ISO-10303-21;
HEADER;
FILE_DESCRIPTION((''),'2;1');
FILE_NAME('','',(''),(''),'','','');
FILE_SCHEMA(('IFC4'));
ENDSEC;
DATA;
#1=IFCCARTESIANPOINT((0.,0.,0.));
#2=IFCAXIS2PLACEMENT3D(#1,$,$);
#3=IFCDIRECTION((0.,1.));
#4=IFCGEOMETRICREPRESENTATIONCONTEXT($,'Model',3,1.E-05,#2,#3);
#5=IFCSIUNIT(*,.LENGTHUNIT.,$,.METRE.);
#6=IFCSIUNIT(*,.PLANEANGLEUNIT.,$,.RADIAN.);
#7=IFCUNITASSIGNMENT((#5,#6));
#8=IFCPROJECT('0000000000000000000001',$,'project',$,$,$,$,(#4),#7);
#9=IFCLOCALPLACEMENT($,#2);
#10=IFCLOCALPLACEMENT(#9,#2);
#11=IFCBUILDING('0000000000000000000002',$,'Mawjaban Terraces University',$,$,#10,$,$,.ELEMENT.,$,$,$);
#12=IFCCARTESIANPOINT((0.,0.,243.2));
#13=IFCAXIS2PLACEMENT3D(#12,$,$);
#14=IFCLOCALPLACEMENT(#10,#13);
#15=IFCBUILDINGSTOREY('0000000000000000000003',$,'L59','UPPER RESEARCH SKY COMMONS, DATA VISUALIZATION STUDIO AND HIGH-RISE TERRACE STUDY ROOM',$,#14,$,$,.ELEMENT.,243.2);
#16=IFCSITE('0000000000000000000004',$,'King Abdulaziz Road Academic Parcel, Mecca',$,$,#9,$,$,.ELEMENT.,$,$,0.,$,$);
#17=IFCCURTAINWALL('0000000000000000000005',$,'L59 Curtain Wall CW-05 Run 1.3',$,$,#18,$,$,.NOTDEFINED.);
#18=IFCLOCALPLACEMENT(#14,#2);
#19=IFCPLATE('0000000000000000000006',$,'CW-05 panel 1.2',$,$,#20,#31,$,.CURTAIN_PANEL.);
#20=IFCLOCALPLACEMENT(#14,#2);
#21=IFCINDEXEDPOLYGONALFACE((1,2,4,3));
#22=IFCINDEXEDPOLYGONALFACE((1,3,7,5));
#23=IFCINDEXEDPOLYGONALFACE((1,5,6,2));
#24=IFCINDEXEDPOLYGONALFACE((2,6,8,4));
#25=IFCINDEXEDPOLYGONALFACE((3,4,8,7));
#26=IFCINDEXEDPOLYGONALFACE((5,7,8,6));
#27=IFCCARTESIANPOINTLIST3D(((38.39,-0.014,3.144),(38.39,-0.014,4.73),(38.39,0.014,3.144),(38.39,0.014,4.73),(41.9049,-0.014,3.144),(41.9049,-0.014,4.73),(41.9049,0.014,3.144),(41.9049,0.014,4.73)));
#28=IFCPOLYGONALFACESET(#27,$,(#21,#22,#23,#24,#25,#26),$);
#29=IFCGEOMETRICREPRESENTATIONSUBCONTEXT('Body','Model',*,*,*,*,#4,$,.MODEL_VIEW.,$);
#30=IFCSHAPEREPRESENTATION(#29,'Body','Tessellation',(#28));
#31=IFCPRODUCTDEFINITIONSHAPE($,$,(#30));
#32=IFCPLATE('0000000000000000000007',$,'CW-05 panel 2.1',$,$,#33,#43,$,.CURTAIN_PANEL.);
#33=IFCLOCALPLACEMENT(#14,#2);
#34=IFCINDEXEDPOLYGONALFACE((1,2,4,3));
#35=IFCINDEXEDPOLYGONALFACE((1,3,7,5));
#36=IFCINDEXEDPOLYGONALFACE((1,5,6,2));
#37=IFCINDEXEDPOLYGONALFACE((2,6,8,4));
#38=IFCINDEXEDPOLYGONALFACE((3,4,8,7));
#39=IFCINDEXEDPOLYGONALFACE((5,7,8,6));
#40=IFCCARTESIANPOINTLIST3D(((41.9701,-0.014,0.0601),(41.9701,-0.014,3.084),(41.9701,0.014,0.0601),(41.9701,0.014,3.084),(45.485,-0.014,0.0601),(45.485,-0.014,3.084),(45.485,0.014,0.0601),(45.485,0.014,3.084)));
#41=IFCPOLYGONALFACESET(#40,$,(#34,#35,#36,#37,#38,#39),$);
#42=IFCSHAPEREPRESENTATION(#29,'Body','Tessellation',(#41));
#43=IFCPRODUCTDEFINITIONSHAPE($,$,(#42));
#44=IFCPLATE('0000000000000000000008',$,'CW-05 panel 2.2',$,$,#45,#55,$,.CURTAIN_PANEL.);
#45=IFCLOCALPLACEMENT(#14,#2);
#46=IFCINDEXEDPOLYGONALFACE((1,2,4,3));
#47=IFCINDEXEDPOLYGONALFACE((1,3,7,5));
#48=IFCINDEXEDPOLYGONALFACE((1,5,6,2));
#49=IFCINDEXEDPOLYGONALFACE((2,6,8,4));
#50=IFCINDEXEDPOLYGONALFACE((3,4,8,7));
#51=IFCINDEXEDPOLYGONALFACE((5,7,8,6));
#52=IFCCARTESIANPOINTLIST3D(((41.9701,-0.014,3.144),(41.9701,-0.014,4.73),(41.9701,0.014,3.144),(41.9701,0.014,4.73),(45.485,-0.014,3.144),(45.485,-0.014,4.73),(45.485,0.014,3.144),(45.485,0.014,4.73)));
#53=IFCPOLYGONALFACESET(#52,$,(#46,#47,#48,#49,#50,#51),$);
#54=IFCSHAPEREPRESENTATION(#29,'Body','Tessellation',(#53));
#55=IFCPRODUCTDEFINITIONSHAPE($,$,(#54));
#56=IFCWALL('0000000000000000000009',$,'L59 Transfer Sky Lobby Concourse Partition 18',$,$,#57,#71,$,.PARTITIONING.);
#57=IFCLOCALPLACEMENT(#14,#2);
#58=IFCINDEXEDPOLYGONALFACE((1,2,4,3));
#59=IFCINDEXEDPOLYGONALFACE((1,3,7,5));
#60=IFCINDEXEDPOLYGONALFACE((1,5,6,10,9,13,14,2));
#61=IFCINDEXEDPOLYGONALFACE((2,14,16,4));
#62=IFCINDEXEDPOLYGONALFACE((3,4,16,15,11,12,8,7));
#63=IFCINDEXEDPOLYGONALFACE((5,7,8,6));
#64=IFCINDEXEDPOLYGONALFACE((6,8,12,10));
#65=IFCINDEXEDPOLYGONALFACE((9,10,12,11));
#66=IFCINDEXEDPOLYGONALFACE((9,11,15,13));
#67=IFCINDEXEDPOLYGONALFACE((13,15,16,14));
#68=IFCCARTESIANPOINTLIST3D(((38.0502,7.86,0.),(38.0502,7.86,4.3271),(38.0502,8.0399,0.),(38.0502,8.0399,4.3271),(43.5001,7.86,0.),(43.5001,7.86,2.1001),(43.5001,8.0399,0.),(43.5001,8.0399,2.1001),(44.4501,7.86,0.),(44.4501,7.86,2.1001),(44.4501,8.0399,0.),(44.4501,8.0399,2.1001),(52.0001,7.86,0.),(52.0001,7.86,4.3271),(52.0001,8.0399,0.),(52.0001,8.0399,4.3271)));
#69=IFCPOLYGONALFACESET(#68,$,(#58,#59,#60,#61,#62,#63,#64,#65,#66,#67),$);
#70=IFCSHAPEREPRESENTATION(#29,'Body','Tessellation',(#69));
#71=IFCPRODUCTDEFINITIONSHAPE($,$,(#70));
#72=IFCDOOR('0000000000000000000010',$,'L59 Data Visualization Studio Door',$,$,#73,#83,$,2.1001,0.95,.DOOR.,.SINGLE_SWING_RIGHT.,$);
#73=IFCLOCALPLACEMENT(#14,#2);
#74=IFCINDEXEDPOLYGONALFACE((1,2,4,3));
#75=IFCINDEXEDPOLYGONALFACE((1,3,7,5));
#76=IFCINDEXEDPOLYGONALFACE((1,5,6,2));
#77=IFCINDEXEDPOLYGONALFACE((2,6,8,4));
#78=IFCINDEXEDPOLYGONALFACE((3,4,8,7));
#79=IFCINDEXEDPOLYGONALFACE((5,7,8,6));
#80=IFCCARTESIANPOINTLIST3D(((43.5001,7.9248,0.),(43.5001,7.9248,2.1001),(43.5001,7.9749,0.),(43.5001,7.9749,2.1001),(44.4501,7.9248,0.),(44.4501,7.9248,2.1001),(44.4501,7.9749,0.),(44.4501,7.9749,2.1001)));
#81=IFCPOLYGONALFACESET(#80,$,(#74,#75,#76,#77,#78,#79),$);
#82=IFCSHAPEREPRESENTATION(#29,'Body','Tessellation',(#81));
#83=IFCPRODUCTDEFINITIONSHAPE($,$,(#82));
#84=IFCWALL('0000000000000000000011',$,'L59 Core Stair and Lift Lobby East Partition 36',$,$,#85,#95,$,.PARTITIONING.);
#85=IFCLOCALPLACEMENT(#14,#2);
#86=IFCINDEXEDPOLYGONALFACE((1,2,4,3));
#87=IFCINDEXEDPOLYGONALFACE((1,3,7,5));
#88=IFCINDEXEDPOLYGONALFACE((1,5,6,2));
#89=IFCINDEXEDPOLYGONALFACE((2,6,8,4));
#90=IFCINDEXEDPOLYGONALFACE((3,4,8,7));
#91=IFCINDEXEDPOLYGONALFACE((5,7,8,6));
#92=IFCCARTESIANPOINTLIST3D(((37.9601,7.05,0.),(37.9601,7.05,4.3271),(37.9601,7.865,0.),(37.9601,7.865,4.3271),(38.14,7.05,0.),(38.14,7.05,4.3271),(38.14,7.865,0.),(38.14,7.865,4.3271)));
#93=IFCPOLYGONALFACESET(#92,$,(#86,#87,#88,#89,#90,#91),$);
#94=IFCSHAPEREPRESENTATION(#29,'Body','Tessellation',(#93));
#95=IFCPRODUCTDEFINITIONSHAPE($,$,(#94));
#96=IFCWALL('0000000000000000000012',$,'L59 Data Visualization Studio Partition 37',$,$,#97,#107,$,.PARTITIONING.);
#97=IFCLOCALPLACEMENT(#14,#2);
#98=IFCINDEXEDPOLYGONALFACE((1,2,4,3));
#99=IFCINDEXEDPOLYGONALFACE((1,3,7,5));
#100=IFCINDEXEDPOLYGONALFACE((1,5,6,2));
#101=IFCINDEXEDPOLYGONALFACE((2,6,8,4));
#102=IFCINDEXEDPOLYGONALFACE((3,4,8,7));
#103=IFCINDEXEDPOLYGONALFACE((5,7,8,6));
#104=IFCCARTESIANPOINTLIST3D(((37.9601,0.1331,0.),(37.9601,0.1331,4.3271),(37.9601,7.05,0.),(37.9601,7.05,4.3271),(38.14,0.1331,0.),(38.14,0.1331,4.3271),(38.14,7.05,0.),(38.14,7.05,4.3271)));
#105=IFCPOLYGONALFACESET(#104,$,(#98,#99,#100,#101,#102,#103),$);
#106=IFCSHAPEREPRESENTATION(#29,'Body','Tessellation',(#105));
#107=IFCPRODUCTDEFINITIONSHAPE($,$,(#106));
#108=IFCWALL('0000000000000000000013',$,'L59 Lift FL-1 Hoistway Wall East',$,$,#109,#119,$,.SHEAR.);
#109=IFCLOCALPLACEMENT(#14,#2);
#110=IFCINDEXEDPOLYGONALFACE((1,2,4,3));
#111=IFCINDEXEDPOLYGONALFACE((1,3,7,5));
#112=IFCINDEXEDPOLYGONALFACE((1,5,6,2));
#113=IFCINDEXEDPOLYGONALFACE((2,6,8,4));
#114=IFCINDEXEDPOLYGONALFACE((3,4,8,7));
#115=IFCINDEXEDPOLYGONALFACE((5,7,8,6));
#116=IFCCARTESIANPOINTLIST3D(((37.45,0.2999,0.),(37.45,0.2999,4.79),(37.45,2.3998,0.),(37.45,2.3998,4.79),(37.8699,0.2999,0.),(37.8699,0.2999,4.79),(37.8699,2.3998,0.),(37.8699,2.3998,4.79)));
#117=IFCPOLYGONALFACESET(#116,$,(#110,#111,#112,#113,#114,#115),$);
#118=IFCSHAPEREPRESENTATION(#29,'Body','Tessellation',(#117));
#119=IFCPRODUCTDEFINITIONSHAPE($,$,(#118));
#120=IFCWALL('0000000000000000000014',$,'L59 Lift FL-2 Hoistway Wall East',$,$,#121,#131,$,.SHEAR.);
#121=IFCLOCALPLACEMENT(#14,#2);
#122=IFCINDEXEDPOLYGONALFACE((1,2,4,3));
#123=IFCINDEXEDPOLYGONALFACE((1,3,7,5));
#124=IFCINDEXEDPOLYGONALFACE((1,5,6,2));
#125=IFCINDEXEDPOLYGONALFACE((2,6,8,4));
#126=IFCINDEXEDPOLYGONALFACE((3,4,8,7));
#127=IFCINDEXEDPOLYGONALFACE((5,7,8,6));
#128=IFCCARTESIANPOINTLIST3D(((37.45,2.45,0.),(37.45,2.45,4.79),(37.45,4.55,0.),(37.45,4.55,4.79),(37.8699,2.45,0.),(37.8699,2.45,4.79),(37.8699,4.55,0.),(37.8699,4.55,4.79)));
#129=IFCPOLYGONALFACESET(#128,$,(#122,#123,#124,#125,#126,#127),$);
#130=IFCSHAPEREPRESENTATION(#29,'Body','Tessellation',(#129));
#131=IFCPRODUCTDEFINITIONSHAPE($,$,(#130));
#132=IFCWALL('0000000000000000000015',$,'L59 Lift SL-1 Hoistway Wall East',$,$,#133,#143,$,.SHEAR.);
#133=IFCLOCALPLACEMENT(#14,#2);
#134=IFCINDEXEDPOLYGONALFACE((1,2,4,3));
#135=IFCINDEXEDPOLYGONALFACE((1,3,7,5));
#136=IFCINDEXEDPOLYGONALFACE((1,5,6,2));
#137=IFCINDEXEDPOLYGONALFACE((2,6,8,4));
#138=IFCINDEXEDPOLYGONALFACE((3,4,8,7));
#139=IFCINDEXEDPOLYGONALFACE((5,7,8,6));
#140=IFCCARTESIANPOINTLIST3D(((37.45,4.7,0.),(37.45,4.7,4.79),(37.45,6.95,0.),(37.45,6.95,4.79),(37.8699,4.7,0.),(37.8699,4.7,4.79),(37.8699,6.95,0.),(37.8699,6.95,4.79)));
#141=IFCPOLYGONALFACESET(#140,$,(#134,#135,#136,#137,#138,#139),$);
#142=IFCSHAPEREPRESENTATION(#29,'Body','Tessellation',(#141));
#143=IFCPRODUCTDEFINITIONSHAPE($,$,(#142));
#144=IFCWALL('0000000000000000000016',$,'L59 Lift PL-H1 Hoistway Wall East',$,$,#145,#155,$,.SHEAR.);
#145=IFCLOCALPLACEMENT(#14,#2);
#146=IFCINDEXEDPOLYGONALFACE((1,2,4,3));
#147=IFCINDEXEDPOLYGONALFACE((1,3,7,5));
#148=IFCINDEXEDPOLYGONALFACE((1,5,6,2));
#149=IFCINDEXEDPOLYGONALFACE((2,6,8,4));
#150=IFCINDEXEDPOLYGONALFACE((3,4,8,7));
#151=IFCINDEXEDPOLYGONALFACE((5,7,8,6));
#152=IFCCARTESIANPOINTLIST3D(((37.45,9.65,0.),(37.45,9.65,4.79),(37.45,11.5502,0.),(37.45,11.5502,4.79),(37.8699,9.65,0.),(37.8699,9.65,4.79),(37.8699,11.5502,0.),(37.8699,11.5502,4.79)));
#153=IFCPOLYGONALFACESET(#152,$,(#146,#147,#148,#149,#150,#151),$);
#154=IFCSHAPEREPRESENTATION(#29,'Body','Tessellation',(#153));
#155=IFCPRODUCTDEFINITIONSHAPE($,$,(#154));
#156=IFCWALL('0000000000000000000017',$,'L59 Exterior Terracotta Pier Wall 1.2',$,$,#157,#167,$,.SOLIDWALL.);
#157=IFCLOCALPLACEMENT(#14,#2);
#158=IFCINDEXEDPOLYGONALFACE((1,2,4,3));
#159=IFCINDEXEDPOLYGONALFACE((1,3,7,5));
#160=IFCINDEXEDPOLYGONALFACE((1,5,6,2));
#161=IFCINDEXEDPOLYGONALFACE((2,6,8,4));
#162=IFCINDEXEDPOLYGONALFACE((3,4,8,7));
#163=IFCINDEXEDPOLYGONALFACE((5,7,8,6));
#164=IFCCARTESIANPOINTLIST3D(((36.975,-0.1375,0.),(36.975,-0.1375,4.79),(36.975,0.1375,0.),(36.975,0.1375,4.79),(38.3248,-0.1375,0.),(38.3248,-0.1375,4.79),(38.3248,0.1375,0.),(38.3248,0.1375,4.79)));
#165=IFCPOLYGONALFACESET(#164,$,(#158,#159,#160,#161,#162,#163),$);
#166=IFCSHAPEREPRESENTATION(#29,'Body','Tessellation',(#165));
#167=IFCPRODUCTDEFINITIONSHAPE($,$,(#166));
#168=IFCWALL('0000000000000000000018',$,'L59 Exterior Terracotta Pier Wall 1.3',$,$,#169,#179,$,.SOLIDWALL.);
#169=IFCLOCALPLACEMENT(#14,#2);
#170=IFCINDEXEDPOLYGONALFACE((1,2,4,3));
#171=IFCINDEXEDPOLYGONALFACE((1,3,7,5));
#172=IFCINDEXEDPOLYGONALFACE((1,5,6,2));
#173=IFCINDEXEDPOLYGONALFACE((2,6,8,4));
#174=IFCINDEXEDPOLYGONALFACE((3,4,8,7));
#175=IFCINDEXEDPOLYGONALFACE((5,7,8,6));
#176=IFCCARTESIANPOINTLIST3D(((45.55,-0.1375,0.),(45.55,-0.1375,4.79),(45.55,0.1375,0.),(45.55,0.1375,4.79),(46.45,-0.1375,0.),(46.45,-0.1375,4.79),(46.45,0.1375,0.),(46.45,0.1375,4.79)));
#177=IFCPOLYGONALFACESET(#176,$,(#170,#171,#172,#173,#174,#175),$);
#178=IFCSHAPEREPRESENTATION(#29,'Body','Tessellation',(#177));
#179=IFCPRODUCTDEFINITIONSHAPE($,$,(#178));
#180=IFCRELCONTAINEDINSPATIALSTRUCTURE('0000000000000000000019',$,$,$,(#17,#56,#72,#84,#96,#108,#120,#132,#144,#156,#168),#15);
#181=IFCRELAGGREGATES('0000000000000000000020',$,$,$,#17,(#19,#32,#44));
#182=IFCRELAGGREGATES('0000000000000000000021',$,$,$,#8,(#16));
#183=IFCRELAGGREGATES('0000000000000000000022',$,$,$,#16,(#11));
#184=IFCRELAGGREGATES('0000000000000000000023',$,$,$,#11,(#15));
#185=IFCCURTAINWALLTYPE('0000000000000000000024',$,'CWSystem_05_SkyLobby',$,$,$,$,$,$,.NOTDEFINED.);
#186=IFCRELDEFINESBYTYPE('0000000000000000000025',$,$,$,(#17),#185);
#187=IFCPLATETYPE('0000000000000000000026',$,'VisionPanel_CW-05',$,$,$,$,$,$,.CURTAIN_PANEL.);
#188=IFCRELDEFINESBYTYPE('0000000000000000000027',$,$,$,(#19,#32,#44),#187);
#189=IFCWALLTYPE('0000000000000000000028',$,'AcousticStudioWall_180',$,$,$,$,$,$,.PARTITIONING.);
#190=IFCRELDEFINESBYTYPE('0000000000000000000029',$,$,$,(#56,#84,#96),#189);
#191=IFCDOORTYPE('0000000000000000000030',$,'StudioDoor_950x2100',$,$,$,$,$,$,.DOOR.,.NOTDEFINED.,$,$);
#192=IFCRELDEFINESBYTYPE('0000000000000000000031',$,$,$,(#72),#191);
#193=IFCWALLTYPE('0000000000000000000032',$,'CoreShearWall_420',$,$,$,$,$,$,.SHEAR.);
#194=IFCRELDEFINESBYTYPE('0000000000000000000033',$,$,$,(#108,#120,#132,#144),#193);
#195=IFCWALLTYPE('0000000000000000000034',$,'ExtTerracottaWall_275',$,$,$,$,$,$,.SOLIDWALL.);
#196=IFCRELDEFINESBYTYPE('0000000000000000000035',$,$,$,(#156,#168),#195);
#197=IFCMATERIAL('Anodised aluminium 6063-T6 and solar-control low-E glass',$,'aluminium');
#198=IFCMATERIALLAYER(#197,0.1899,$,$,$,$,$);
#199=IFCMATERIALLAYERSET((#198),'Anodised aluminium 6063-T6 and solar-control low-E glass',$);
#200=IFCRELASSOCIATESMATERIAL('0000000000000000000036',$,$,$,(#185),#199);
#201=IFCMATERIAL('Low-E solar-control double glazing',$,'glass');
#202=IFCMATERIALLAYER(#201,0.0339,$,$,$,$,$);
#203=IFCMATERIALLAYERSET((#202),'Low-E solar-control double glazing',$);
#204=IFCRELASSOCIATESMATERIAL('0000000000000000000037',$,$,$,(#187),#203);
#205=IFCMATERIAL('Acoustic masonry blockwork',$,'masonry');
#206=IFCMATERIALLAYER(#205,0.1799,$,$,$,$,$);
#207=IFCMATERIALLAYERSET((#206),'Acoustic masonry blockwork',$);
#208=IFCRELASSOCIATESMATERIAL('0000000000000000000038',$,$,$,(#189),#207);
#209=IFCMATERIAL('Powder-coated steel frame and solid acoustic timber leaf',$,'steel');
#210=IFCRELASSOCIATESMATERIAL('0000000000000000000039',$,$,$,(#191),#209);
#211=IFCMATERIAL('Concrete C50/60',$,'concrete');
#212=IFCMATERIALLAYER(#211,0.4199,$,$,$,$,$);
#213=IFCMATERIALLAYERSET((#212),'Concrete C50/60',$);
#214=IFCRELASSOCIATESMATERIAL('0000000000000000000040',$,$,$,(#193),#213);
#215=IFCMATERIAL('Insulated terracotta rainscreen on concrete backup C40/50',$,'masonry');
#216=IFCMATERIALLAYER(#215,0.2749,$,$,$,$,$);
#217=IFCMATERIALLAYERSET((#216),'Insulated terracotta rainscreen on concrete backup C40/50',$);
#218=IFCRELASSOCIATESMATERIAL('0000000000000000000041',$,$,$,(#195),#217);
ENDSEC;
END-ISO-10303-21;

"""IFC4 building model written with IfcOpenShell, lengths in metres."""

from ifc_helpers import new_model, si_unit, direction, frame, frame_2d, origin, origin_2d, place, context, subcontext, project, spatial, rectangle, extrude, material, layer, layer_set, type_object, element, fill, aggregate, save


model = new_model("IFC4")

# Units and contexts
model_context = context("Model", 3, precision=1e-05, world=origin(), true_north=direction((0.0, 1.0)))
body_context = subcontext(model_context, "Body", "Model", "MODEL_VIEW")
ifc_project = project(units=[si_unit("LENGTHUNIT", "METRE"), si_unit("PLANEANGLEUNIT", "RADIAN")], contexts=[model_context])

# Site, building, storey
site_placement = place(None, origin())
site = spatial("IfcSite", under=ifc_project, at=site_placement, Name="King Abdulaziz Road Academic Parcel, Mecca", CompositionType="ELEMENT", RefElevation=0.0)
building_placement = place(site_placement, origin())
building = spatial("IfcBuilding", under=site, at=building_placement, Name="Mawjaban Terraces University", CompositionType="ELEMENT")
storey_placement = place(building_placement, frame((0.0, 0.0, 243.2)))
storey = spatial("IfcBuildingStorey", under=building, at=storey_placement, Name="L59", Description="UPPER RESEARCH SKY COMMONS, DATA VISUALIZATION STUDIO AND HIGH-RISE TERRACE STUDY ROOM", CompositionType="ELEMENT", Elevation=243.2)

# Shared definitions
ifc_material_1 = material(Name="Concrete C50/60", Category="concrete")

# Shared definitions
ifc_material_2 = material(Name="Anodised aluminium 6063-T6 and solar-control low-E glass", Category="aluminium")
ifc_layer_1 = layer(ifc_material_2, 0.1899)
ifc_layer_set_1 = layer_set([ifc_layer_1], Name="Anodised aluminium 6063-T6 and solar-control low-E glass")
curtain_wall_type = type_object("IfcCurtainWallType", Name="CWSystem_05_SkyLobby", PredefinedType="NOTDEFINED", material=ifc_layer_set_1)

# Curtain wall, plates
curtain_wall_1_placement = place(storey_placement, origin())
curtain_wall_1 = element("IfcCurtainWall", 1, at=curtain_wall_1_placement, inside=storey, type_object=curtain_wall_type, Name="L59 Curtain Wall CW-05 Run 1.3", PredefinedType="NOTDEFINED")
ifc_material_3 = material(Name="Low-E solar-control double glazing", Category="glass")
ifc_layer_2 = layer(ifc_material_3, 0.0339)
ifc_layer_set_2 = layer_set([ifc_layer_2], Name="Low-E solar-control double glazing")
plate_type = type_object("IfcPlateType", Name="VisionPanel_CW-05", PredefinedType="CURTAIN_PANEL", material=ifc_layer_set_2)
plate_1_placement = place(storey_placement, frame((40.1475, 0.0, 3.144), z_axis=(0.0, 0.0, 1.0), x_axis=(1.0, 0.0, 0.0)))
plate_1 = element("IfcPlate", 2, at=plate_1_placement, type_object=plate_type, Name="CW-05 panel 1.2", PredefinedType="CURTAIN_PANEL", context=body_context, shape_type="SweptSolid", body=[
    extrude(rectangle(XDim=3.5149, YDim=0.0281, at=origin_2d()), origin(), (0.0, 0.0, 1.0), 1.5859),
])
plate_2_placement = place(storey_placement, frame((43.7275, 0.0, 0.0601), z_axis=(0.0, 0.0, 1.0), x_axis=(1.0, 0.0, 0.0)))
plate_2 = element("IfcPlate", 3, at=plate_2_placement, type_object=plate_type, Name="CW-05 panel 2.1", PredefinedType="CURTAIN_PANEL", context=body_context, shape_type="SweptSolid", body=[
    extrude(rectangle(XDim=3.5149, YDim=0.0281, at=origin_2d()), origin(), (0.0, 0.0, 1.0), 3.0239),
])
plate_3_placement = place(storey_placement, frame((43.7275, 0.0, 3.144), z_axis=(0.0, 0.0, 1.0), x_axis=(1.0, 0.0, 0.0)))
plate_3 = element("IfcPlate", 4, at=plate_3_placement, type_object=plate_type, Name="CW-05 panel 2.2", PredefinedType="CURTAIN_PANEL", context=body_context, shape_type="SweptSolid", body=[
    extrude(rectangle(XDim=3.5149, YDim=0.0281, at=origin_2d()), origin(), (0.0, 0.0, 1.0), 1.5859),
])
aggregate(curtain_wall_1, [plate_1, plate_2, plate_3])

# Wall, opening, door
ifc_material_4 = material(Name="Acoustic masonry blockwork", Category="masonry")
ifc_layer_3 = layer(ifc_material_4, 0.1799)
ifc_layer_set_3 = layer_set([ifc_layer_3], Name="Acoustic masonry blockwork")
wall_type_1 = type_object("IfcWallType", Name="AcousticStudioWall_180", PredefinedType="PARTITIONING", material=ifc_layer_set_3)
wall_1_placement = place(storey_placement, frame((38.05, 7.95, 0.0), z_axis=(0.0, 0.0, 1.0), x_axis=(1.0, 0.0, 0.0)))
wall_1 = element("IfcWall", 5, at=wall_1_placement, inside=storey, type_object=wall_type_1, Name="L59 Transfer Sky Lobby Concourse Partition 18", PredefinedType="PARTITIONING", context=body_context, shape_type="SweptSolid", body=[
    extrude(rectangle(XDim=13.95, YDim=0.1799, at=frame_2d((6.9751, 0.0))), origin(), (0.0, 0.0, 1.0), 4.3271),
])
opening_placement = place(wall_1_placement, frame((5.45, 0.0, 0.0)))
opening = element("IfcOpeningElement", 6, at=opening_placement, cuts=wall_1, PredefinedType="OPENING", context=body_context, shape_type="SweptSolid", body=[
    extrude(rectangle(XDim=0.95, YDim=2.1001, at=frame_2d((0.4751, 1.05))), frame((0.0, 0.0999, 0.0), z_axis=(0.0, -1.0, 0.0), x_axis=(1.0, 0.0, 0.0)), (0.0, 0.0, 1.0), 0.2),
])
ifc_material_5 = material(Name="Powder-coated steel frame and solid acoustic timber leaf", Category="steel")
door_type = type_object("IfcDoorType", Name="StudioDoor_950x2100", OperationType="NOTDEFINED", PredefinedType="DOOR", material=ifc_material_5)
door_placement = place(opening_placement, origin())
door = element("IfcDoor", 7, at=door_placement, inside=storey, type_object=door_type, Name="L59 Data Visualization Studio Door", OperationType="SINGLE_SWING_RIGHT", OverallHeight=2.1001, OverallWidth=0.95, PredefinedType="DOOR", context=body_context, shape_type="SweptSolid", body=[
    extrude(rectangle(XDim=0.95, YDim=2.1001, at=frame_2d((0.4751, 1.05))), frame((0.0, 0.0249, 0.0), z_axis=(0.0, -1.0, 0.0), x_axis=(1.0, 0.0, 0.0)), (0.0, 0.0, 1.0), 0.05),
])
fill(opening, door)

# Walls
wall_2_placement = place(storey_placement, frame((38.05, 7.05, 0.0), z_axis=(0.0, 0.0, 1.0), x_axis=(0.0, 1.0, 0.0)))
element("IfcWall", 8, at=wall_2_placement, inside=storey, type_object=wall_type_1, Name="L59 Core Stair and Lift Lobby East Partition 36", PredefinedType="PARTITIONING", context=body_context, shape_type="SweptSolid", body=[
    extrude(rectangle(XDim=0.8149, YDim=0.1799, at=frame_2d((0.4075, 0.0))), origin(), (0.0, 0.0, 1.0), 4.3271),
])
wall_3_placement = place(storey_placement, frame((38.05, 7.05, 0.0), z_axis=(0.0, 0.0, 1.0), x_axis=(0.0, -1.0, 0.0)))
element("IfcWall", 9, at=wall_3_placement, inside=storey, type_object=wall_type_1, Name="L59 Data Visualization Studio Partition 37", PredefinedType="PARTITIONING", context=body_context, shape_type="SweptSolid", body=[
    extrude(rectangle(XDim=6.917, YDim=0.1799, at=frame_2d((3.4585, 0.0))), origin(), (0.0, 0.0, 1.0), 4.3271),
])
ifc_layer_4 = layer(ifc_material_1, 0.4199)
ifc_layer_set_4 = layer_set([ifc_layer_4], Name="Concrete C50/60")
wall_type_2 = type_object("IfcWallType", Name="CoreShearWall_420", PredefinedType="SHEAR", material=ifc_layer_set_4)
wall_4_placement = place(storey_placement, frame((37.6599, 0.3, 0.0), z_axis=(0.0, 0.0, 1.0), x_axis=(0.0, 1.0, 0.0)))
element("IfcWall", 10, at=wall_4_placement, inside=storey, type_object=wall_type_2, Name="L59 Lift FL-1 Hoistway Wall East", PredefinedType="SHEAR", context=body_context, shape_type="SweptSolid", body=[
    extrude(rectangle(XDim=2.0999, YDim=0.4199, at=frame_2d((1.0498, 0.0))), origin(), (0.0, 0.0, 1.0), 4.79),
])
wall_5_placement = place(storey_placement, frame((37.6599, 2.45, 0.0), z_axis=(0.0, 0.0, 1.0), x_axis=(0.0, 1.0, 0.0)))
element("IfcWall", 11, at=wall_5_placement, inside=storey, type_object=wall_type_2, Name="L59 Lift FL-2 Hoistway Wall East", PredefinedType="SHEAR", context=body_context, shape_type="SweptSolid", body=[
    extrude(rectangle(XDim=2.1001, YDim=0.4199, at=frame_2d((1.05, 0.0))), origin(), (0.0, 0.0, 1.0), 4.79),
])
wall_6_placement = place(storey_placement, frame((37.6599, 4.7, 0.0), z_axis=(0.0, 0.0, 1.0), x_axis=(0.0, 1.0, 0.0)))
element("IfcWall", 12, at=wall_6_placement, inside=storey, type_object=wall_type_2, Name="L59 Lift SL-1 Hoistway Wall East", PredefinedType="SHEAR", context=body_context, shape_type="SweptSolid", body=[
    extrude(rectangle(XDim=2.25, YDim=0.4199, at=frame_2d((1.125, 0.0))), origin(), (0.0, 0.0, 1.0), 4.79),
])
wall_7_placement = place(storey_placement, frame((37.6599, 9.6499, 0.0), z_axis=(0.0, 0.0, 1.0), x_axis=(0.0, 1.0, 0.0)))
element("IfcWall", 13, at=wall_7_placement, inside=storey, type_object=wall_type_2, Name="L59 Lift PL-H1 Hoistway Wall East", PredefinedType="SHEAR", context=body_context, shape_type="SweptSolid", body=[
    extrude(rectangle(XDim=1.9001, YDim=0.4199, at=frame_2d((0.9502, 0.0))), origin(), (0.0, 0.0, 1.0), 4.79),
])
ifc_material_6 = material(Name="Insulated terracotta rainscreen on concrete backup C40/50", Category="masonry")
ifc_layer_5 = layer(ifc_material_6, 0.2749)
ifc_layer_set_5 = layer_set([ifc_layer_5], Name="Insulated terracotta rainscreen on concrete backup C40/50")
wall_type_3 = type_object("IfcWallType", Name="ExtTerracottaWall_275", PredefinedType="SOLIDWALL", material=ifc_layer_set_5)
wall_8_placement = place(storey_placement, frame((36.9751, 0.0, 0.0), z_axis=(0.0, 0.0, 1.0), x_axis=(1.0, 0.0, 0.0)))
element("IfcWall", 14, at=wall_8_placement, inside=storey, type_object=wall_type_3, Name="L59 Exterior Terracotta Pier Wall 1.2", PredefinedType="SOLIDWALL", context=body_context, shape_type="SweptSolid", body=[
    extrude(rectangle(XDim=1.3499, YDim=0.2749, at=frame_2d((0.6748, 0.0))), origin(), (0.0, 0.0, 1.0), 4.79),
])
wall_9_placement = place(storey_placement, frame((45.55, 0.0, 0.0), z_axis=(0.0, 0.0, 1.0), x_axis=(1.0, 0.0, 0.0)))
element("IfcWall", 15, at=wall_9_placement, inside=storey, type_object=wall_type_3, Name="L59 Exterior Terracotta Pier Wall 1.3", PredefinedType="SOLIDWALL", context=body_context, shape_type="SweptSolid", body=[
    extrude(rectangle(XDim=0.8999, YDim=0.2749, at=frame_2d((0.45, 0.0))), origin(), (0.0, 0.0, 1.0), 4.79),
])

save(model, "model.ifc")
